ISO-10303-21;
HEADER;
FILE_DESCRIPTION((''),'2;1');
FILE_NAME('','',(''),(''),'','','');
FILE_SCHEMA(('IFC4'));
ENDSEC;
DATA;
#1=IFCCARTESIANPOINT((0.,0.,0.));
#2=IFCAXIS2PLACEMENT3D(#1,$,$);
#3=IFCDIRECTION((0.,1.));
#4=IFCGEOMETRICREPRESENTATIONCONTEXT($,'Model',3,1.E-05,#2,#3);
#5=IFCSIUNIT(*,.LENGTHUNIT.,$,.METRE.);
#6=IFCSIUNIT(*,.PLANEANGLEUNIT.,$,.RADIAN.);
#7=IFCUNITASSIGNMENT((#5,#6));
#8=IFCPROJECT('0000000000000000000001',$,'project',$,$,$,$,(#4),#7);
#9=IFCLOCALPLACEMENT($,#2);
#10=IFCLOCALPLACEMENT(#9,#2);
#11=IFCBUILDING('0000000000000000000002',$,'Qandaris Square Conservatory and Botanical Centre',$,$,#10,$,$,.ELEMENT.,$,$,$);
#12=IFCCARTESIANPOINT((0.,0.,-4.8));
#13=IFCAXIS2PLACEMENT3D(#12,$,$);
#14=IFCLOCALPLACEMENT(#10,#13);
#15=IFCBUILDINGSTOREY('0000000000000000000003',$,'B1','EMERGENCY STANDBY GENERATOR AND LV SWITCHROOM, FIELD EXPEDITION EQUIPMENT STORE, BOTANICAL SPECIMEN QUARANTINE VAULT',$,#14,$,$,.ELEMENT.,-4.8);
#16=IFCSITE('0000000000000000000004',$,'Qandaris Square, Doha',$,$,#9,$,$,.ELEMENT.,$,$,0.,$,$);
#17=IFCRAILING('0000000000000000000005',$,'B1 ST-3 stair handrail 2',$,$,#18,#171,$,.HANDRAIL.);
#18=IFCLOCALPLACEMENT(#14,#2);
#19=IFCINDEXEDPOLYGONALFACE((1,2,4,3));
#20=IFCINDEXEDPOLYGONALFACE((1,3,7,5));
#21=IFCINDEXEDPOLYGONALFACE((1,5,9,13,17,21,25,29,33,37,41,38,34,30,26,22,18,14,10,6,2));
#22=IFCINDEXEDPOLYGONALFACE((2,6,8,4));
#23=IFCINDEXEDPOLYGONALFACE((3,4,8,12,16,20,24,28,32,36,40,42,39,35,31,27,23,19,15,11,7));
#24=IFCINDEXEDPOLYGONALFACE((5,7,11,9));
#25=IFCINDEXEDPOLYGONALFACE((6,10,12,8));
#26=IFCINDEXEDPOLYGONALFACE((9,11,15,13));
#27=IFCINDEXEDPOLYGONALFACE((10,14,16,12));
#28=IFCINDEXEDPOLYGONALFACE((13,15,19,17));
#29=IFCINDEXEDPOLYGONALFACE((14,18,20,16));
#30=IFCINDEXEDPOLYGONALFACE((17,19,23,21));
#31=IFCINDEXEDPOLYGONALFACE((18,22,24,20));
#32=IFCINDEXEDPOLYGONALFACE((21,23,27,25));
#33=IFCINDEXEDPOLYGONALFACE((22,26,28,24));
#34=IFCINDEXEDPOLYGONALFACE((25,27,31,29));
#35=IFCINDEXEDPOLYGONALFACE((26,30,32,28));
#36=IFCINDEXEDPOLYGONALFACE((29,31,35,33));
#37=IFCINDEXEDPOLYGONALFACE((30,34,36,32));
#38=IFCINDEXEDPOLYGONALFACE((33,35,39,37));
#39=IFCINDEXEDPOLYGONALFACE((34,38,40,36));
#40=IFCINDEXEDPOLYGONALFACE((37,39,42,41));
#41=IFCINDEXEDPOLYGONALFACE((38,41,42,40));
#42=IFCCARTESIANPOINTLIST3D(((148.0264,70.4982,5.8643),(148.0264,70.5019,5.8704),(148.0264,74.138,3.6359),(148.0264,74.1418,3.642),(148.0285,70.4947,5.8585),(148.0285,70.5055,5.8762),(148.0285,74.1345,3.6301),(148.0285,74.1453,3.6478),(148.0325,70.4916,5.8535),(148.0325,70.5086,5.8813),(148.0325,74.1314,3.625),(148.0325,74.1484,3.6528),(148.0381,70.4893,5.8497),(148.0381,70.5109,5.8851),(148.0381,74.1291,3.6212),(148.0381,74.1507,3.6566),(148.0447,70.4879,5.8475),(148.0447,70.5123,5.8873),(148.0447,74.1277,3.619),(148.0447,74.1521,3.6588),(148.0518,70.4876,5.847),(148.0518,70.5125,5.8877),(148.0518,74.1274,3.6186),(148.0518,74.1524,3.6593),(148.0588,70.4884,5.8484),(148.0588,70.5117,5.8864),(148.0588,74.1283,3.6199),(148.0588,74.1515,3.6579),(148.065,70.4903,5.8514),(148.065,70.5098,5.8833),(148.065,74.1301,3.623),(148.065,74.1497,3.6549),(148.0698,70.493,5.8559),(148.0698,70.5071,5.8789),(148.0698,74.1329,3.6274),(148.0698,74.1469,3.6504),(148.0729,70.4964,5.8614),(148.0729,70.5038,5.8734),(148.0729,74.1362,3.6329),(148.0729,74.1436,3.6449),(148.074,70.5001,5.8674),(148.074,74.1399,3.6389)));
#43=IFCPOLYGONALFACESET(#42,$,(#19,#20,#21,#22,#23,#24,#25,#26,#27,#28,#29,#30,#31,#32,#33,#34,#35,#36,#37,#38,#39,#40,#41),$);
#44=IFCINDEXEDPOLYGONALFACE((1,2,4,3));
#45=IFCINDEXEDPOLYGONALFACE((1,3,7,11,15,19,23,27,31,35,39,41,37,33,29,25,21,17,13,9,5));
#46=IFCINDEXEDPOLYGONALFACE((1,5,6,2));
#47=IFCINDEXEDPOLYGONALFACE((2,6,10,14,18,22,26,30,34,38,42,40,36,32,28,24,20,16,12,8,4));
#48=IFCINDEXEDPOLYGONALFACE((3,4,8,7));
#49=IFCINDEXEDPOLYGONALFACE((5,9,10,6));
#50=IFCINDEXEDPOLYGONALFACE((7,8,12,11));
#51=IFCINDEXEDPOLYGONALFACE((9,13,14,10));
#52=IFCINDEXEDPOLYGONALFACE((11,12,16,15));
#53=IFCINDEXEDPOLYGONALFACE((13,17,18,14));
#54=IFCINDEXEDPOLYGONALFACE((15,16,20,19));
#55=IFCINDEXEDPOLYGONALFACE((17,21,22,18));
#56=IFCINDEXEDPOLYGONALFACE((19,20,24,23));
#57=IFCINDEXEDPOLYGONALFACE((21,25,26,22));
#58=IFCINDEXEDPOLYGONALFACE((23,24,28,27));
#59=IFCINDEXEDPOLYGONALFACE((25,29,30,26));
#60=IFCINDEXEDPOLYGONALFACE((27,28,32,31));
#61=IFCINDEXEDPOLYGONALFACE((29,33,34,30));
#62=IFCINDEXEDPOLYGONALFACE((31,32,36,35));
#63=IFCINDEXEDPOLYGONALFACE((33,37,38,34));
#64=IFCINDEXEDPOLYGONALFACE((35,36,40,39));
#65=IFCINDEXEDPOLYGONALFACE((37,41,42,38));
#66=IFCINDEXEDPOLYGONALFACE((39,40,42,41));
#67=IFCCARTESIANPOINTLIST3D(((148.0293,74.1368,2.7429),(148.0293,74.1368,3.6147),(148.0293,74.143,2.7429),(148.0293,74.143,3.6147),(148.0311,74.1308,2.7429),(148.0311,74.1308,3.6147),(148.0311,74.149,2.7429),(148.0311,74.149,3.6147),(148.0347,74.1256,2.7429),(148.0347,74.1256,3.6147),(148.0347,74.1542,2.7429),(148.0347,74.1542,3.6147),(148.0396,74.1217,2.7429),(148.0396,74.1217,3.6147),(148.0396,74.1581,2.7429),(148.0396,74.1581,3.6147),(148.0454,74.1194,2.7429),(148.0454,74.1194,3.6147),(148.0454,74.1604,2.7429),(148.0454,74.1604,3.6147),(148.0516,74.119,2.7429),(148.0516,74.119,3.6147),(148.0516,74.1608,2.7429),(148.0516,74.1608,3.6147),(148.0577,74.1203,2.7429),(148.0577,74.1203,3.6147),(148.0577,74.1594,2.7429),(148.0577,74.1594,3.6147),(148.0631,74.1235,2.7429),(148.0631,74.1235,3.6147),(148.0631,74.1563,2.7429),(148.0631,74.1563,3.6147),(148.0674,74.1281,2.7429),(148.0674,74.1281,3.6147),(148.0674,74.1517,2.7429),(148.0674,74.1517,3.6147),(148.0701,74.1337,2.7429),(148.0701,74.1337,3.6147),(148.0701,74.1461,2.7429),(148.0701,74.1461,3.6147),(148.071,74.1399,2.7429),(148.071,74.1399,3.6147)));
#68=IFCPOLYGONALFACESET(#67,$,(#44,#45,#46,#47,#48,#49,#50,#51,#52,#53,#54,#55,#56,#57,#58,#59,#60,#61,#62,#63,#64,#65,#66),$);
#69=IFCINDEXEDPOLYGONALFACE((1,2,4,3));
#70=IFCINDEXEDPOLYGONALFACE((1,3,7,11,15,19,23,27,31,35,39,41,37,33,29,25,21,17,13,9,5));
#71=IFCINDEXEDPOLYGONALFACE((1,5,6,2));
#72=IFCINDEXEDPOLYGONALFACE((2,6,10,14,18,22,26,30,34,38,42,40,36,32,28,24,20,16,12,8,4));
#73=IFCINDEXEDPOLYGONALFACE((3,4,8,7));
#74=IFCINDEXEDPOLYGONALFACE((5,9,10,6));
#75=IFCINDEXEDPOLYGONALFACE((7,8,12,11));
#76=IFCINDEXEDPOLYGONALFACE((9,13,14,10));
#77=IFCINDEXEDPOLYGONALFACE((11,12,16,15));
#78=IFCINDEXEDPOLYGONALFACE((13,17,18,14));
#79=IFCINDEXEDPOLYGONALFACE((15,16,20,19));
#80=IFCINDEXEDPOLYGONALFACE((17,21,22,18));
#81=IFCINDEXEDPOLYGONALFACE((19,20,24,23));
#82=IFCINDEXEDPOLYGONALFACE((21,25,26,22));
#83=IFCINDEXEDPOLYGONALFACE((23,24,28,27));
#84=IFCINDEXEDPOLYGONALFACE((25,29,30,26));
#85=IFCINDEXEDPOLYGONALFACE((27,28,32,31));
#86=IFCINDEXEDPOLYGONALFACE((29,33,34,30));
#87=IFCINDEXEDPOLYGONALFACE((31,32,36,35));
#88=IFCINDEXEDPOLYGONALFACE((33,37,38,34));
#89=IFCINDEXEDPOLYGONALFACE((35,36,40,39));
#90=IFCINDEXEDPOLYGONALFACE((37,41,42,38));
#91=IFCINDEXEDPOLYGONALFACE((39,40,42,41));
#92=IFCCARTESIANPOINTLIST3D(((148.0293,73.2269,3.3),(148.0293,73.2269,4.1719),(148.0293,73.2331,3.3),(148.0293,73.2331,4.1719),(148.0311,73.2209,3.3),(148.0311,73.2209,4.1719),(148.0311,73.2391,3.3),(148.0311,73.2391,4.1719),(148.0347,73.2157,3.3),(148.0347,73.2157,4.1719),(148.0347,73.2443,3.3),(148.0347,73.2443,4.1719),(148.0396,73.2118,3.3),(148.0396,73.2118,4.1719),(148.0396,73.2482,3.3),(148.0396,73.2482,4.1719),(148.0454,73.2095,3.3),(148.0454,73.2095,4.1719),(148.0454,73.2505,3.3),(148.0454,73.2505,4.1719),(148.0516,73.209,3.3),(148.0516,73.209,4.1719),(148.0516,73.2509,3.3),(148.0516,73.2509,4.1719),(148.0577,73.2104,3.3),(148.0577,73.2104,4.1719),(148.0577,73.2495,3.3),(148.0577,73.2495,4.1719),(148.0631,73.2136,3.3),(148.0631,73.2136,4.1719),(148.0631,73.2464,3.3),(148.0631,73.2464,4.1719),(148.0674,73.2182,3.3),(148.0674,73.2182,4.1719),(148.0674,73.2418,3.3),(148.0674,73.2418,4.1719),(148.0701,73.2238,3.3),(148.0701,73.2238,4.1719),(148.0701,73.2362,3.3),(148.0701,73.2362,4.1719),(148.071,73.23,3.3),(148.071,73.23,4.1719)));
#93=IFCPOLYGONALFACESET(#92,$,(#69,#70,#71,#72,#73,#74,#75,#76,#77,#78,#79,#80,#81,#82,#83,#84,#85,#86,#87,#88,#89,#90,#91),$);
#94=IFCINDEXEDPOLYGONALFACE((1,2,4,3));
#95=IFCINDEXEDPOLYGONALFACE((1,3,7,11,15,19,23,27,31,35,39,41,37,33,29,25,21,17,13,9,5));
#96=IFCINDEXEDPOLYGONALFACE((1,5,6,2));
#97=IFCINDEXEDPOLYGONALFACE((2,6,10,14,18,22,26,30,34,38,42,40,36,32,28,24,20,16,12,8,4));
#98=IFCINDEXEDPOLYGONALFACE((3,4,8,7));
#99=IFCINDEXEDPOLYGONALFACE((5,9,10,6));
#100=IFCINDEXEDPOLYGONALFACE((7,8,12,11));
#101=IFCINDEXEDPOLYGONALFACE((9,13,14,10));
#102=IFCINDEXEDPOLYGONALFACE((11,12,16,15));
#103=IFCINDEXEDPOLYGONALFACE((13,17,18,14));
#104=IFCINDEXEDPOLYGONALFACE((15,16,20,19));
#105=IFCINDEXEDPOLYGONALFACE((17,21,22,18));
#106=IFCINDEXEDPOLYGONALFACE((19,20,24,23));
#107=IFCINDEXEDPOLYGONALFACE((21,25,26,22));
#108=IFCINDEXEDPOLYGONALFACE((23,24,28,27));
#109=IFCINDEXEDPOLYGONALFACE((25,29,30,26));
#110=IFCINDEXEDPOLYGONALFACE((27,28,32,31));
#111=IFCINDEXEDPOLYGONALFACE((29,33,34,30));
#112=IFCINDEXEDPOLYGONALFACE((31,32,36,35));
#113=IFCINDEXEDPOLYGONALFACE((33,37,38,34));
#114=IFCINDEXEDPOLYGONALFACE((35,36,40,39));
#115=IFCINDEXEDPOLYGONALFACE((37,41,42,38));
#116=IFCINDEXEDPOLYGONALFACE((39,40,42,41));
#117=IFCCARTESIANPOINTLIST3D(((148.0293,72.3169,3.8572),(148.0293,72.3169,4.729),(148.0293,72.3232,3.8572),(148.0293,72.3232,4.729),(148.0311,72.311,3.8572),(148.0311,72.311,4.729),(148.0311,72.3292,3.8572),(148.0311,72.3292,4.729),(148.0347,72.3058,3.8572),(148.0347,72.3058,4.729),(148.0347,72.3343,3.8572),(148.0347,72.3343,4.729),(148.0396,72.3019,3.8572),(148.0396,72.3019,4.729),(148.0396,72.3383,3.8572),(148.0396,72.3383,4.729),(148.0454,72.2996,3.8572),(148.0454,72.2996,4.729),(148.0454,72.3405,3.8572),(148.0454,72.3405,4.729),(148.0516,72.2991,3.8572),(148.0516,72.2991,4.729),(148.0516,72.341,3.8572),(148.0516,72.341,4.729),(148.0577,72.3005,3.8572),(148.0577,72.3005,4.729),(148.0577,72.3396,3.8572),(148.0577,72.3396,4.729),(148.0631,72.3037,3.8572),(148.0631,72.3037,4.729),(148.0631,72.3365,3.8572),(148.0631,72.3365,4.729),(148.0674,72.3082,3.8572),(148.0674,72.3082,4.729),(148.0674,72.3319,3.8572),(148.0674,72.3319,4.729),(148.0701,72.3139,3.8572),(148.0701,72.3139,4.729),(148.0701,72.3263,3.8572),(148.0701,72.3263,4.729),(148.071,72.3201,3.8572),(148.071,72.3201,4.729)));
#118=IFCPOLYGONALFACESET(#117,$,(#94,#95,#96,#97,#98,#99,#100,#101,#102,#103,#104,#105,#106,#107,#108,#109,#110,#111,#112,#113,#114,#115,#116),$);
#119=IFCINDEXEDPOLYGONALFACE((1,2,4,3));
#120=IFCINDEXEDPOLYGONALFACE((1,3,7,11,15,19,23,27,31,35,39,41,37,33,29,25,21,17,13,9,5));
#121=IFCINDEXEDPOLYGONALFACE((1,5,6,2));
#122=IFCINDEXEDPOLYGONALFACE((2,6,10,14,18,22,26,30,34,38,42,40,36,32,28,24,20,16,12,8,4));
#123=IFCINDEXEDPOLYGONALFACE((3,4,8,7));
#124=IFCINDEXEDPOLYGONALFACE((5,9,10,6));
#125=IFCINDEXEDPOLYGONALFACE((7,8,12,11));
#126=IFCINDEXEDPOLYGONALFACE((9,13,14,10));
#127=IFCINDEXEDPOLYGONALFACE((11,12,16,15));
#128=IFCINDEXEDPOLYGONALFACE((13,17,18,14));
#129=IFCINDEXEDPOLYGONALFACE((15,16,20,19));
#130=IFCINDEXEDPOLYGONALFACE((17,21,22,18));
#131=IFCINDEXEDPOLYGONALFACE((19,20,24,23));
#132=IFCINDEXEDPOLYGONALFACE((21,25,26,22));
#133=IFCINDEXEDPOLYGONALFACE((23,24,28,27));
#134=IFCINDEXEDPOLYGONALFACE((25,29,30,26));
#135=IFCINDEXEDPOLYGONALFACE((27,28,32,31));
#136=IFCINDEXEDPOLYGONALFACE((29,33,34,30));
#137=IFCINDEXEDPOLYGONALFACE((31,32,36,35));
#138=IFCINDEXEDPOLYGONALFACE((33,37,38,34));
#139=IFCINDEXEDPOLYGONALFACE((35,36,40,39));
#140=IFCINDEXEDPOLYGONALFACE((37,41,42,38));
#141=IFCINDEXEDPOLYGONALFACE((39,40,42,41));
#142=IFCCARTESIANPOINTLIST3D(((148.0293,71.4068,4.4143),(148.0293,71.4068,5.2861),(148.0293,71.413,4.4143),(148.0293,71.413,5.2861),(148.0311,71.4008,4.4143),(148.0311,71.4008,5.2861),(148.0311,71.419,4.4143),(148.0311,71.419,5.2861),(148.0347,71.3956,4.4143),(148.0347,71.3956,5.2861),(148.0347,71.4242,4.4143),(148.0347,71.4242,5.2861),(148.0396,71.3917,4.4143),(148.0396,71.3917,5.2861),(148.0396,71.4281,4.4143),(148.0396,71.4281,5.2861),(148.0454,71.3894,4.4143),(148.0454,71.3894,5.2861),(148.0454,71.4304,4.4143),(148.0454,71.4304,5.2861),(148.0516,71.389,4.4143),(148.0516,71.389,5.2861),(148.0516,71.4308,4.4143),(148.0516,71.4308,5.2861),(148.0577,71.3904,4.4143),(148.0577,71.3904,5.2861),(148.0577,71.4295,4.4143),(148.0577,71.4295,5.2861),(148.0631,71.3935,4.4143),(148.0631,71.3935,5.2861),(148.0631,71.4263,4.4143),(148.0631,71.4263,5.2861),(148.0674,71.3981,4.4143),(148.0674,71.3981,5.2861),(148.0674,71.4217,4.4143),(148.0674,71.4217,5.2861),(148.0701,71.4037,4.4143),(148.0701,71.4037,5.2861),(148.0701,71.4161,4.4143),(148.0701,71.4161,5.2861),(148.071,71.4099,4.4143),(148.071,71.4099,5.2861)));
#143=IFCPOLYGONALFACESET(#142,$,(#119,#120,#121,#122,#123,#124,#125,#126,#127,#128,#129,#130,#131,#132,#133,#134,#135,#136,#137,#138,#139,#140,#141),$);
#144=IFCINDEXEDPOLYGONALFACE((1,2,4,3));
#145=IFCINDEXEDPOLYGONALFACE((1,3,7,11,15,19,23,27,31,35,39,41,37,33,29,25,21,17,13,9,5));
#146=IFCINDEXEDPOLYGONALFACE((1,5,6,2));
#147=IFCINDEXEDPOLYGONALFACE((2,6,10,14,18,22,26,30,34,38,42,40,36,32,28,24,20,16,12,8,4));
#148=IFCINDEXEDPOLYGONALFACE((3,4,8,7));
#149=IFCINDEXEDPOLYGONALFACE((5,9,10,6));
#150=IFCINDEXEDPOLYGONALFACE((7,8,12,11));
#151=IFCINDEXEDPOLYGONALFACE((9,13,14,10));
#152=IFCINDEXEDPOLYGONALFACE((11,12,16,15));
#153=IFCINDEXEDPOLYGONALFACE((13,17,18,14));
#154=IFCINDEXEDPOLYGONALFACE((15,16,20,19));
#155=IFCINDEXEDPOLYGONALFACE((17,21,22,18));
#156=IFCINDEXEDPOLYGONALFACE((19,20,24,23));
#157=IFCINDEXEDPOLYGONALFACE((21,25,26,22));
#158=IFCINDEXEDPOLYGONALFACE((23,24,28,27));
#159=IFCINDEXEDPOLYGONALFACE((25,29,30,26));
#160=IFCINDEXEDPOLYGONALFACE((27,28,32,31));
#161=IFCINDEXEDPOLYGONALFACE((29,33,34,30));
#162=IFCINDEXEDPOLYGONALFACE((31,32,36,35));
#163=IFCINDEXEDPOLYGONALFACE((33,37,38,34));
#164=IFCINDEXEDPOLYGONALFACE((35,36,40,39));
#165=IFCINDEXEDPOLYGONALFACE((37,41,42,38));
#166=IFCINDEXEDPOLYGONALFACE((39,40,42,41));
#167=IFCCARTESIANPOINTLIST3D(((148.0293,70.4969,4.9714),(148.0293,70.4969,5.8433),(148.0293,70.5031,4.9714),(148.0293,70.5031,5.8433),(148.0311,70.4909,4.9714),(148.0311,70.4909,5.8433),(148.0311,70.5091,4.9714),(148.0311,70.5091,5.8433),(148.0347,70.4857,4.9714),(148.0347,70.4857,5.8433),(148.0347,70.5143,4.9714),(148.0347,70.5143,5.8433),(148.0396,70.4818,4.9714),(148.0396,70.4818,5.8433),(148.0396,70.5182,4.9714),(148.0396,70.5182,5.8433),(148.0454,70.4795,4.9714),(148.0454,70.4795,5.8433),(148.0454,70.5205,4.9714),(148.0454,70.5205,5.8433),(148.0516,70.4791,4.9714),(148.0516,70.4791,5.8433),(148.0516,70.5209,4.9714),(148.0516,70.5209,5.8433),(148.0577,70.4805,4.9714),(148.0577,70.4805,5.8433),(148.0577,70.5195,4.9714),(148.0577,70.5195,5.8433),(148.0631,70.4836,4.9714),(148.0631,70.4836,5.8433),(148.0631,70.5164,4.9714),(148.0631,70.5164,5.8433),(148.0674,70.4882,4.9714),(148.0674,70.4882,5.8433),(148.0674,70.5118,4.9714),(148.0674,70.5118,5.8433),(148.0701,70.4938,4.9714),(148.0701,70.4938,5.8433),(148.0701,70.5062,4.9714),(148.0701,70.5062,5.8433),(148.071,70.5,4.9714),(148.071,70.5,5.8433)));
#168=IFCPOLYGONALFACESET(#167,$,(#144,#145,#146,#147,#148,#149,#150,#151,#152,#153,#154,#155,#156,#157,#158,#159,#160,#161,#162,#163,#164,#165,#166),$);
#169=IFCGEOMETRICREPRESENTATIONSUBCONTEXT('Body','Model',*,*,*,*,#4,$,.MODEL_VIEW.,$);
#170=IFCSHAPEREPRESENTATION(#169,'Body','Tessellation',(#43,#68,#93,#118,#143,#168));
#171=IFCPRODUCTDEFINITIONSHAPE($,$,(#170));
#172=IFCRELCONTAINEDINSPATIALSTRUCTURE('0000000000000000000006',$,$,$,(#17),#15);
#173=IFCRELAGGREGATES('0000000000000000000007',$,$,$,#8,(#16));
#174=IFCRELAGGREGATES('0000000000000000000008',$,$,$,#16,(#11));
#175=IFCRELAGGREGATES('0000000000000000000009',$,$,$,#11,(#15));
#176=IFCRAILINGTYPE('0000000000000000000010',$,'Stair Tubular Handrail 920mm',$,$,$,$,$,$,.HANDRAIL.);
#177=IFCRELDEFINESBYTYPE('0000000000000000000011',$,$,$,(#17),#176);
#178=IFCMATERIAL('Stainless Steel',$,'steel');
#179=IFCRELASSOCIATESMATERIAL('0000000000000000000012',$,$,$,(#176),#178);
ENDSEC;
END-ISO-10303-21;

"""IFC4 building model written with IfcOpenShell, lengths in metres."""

from ifc_helpers import new_model, si_unit, direction, frame, origin, origin_2d, place, context, subcontext, project, spatial, circle, extrude, material, type_object, element, save


model = new_model("IFC4")

# Units and contexts
model_context = context("Model", 3, precision=1e-05, world=origin(), true_north=direction((0.0, 1.0)))
body_context = subcontext(model_context, "Body", "Model", "MODEL_VIEW")
ifc_project = project(units=[si_unit("LENGTHUNIT", "METRE"), si_unit("PLANEANGLEUNIT", "RADIAN")], contexts=[model_context])

# Site, building, storey
site_placement = place(None, origin())
site = spatial("IfcSite", under=ifc_project, at=site_placement, Name="Qandaris Square, Doha", CompositionType="ELEMENT", RefElevation=0.0)
building_placement = place(site_placement, origin())
building = spatial("IfcBuilding", under=site, at=building_placement, Name="Qandaris Square Conservatory and Botanical Centre", CompositionType="ELEMENT")
storey_placement = place(building_placement, frame((0.0, 0.0, -4.8)))
storey = spatial("IfcBuildingStorey", under=building, at=storey_placement, Name="B1", Description="EMERGENCY STANDBY GENERATOR AND LV SWITCHROOM, FIELD EXPEDITION EQUIPMENT STORE, BOTANICAL SPECIMEN QUARANTINE VAULT", CompositionType="ELEMENT", Elevation=-4.8)

# Railing
ifc_material_1 = material(Name="Stainless Steel", Category="steel")
railing_type_1 = type_object("IfcRailingType", Name="Stair Tubular Handrail 920mm", PredefinedType="HANDRAIL", material=ifc_material_1)
railing_1_placement = place(storey_placement, frame((148.05, 74.1399, 2.7429)))
element("IfcRailing", 1, at=railing_1_placement, inside=storey, type_object=railing_type_1, Name="B1 ST-3 stair handrail 2", PredefinedType="HANDRAIL", context=body_context, shape_type="SweptSolid", body=[
    extrude(circle(Radius=0.0239, at=origin_2d()), frame((0.0, 0.0, 0.896), z_axis=(0.0, -0.85285, 0.522156), x_axis=(1.0, 0.0, 0.0)), (0.0, 0.0, 1.0), 4.2678),
    extrude(circle(Radius=0.021, at=origin_2d()), origin(), (0.0, 0.0, 1.0), 0.8718),
    extrude(circle(Radius=0.021, at=origin_2d()), frame((0.0, -0.9099, 0.5571)), (0.0, 0.0, 1.0), 0.8718),
    extrude(circle(Radius=0.021, at=origin_2d()), frame((0.0, -1.8198, 1.1143)), (0.0, 0.0, 1.0), 0.8718),
    extrude(circle(Radius=0.021, at=origin_2d()), frame((0.0, -2.73, 1.6714)), (0.0, 0.0, 1.0), 0.8718),
    extrude(circle(Radius=0.021, at=origin_2d()), frame((0.0, -3.6399, 2.2285)), (0.0, 0.0, 1.0), 0.8718),
])

save(model, "model.ifc")
